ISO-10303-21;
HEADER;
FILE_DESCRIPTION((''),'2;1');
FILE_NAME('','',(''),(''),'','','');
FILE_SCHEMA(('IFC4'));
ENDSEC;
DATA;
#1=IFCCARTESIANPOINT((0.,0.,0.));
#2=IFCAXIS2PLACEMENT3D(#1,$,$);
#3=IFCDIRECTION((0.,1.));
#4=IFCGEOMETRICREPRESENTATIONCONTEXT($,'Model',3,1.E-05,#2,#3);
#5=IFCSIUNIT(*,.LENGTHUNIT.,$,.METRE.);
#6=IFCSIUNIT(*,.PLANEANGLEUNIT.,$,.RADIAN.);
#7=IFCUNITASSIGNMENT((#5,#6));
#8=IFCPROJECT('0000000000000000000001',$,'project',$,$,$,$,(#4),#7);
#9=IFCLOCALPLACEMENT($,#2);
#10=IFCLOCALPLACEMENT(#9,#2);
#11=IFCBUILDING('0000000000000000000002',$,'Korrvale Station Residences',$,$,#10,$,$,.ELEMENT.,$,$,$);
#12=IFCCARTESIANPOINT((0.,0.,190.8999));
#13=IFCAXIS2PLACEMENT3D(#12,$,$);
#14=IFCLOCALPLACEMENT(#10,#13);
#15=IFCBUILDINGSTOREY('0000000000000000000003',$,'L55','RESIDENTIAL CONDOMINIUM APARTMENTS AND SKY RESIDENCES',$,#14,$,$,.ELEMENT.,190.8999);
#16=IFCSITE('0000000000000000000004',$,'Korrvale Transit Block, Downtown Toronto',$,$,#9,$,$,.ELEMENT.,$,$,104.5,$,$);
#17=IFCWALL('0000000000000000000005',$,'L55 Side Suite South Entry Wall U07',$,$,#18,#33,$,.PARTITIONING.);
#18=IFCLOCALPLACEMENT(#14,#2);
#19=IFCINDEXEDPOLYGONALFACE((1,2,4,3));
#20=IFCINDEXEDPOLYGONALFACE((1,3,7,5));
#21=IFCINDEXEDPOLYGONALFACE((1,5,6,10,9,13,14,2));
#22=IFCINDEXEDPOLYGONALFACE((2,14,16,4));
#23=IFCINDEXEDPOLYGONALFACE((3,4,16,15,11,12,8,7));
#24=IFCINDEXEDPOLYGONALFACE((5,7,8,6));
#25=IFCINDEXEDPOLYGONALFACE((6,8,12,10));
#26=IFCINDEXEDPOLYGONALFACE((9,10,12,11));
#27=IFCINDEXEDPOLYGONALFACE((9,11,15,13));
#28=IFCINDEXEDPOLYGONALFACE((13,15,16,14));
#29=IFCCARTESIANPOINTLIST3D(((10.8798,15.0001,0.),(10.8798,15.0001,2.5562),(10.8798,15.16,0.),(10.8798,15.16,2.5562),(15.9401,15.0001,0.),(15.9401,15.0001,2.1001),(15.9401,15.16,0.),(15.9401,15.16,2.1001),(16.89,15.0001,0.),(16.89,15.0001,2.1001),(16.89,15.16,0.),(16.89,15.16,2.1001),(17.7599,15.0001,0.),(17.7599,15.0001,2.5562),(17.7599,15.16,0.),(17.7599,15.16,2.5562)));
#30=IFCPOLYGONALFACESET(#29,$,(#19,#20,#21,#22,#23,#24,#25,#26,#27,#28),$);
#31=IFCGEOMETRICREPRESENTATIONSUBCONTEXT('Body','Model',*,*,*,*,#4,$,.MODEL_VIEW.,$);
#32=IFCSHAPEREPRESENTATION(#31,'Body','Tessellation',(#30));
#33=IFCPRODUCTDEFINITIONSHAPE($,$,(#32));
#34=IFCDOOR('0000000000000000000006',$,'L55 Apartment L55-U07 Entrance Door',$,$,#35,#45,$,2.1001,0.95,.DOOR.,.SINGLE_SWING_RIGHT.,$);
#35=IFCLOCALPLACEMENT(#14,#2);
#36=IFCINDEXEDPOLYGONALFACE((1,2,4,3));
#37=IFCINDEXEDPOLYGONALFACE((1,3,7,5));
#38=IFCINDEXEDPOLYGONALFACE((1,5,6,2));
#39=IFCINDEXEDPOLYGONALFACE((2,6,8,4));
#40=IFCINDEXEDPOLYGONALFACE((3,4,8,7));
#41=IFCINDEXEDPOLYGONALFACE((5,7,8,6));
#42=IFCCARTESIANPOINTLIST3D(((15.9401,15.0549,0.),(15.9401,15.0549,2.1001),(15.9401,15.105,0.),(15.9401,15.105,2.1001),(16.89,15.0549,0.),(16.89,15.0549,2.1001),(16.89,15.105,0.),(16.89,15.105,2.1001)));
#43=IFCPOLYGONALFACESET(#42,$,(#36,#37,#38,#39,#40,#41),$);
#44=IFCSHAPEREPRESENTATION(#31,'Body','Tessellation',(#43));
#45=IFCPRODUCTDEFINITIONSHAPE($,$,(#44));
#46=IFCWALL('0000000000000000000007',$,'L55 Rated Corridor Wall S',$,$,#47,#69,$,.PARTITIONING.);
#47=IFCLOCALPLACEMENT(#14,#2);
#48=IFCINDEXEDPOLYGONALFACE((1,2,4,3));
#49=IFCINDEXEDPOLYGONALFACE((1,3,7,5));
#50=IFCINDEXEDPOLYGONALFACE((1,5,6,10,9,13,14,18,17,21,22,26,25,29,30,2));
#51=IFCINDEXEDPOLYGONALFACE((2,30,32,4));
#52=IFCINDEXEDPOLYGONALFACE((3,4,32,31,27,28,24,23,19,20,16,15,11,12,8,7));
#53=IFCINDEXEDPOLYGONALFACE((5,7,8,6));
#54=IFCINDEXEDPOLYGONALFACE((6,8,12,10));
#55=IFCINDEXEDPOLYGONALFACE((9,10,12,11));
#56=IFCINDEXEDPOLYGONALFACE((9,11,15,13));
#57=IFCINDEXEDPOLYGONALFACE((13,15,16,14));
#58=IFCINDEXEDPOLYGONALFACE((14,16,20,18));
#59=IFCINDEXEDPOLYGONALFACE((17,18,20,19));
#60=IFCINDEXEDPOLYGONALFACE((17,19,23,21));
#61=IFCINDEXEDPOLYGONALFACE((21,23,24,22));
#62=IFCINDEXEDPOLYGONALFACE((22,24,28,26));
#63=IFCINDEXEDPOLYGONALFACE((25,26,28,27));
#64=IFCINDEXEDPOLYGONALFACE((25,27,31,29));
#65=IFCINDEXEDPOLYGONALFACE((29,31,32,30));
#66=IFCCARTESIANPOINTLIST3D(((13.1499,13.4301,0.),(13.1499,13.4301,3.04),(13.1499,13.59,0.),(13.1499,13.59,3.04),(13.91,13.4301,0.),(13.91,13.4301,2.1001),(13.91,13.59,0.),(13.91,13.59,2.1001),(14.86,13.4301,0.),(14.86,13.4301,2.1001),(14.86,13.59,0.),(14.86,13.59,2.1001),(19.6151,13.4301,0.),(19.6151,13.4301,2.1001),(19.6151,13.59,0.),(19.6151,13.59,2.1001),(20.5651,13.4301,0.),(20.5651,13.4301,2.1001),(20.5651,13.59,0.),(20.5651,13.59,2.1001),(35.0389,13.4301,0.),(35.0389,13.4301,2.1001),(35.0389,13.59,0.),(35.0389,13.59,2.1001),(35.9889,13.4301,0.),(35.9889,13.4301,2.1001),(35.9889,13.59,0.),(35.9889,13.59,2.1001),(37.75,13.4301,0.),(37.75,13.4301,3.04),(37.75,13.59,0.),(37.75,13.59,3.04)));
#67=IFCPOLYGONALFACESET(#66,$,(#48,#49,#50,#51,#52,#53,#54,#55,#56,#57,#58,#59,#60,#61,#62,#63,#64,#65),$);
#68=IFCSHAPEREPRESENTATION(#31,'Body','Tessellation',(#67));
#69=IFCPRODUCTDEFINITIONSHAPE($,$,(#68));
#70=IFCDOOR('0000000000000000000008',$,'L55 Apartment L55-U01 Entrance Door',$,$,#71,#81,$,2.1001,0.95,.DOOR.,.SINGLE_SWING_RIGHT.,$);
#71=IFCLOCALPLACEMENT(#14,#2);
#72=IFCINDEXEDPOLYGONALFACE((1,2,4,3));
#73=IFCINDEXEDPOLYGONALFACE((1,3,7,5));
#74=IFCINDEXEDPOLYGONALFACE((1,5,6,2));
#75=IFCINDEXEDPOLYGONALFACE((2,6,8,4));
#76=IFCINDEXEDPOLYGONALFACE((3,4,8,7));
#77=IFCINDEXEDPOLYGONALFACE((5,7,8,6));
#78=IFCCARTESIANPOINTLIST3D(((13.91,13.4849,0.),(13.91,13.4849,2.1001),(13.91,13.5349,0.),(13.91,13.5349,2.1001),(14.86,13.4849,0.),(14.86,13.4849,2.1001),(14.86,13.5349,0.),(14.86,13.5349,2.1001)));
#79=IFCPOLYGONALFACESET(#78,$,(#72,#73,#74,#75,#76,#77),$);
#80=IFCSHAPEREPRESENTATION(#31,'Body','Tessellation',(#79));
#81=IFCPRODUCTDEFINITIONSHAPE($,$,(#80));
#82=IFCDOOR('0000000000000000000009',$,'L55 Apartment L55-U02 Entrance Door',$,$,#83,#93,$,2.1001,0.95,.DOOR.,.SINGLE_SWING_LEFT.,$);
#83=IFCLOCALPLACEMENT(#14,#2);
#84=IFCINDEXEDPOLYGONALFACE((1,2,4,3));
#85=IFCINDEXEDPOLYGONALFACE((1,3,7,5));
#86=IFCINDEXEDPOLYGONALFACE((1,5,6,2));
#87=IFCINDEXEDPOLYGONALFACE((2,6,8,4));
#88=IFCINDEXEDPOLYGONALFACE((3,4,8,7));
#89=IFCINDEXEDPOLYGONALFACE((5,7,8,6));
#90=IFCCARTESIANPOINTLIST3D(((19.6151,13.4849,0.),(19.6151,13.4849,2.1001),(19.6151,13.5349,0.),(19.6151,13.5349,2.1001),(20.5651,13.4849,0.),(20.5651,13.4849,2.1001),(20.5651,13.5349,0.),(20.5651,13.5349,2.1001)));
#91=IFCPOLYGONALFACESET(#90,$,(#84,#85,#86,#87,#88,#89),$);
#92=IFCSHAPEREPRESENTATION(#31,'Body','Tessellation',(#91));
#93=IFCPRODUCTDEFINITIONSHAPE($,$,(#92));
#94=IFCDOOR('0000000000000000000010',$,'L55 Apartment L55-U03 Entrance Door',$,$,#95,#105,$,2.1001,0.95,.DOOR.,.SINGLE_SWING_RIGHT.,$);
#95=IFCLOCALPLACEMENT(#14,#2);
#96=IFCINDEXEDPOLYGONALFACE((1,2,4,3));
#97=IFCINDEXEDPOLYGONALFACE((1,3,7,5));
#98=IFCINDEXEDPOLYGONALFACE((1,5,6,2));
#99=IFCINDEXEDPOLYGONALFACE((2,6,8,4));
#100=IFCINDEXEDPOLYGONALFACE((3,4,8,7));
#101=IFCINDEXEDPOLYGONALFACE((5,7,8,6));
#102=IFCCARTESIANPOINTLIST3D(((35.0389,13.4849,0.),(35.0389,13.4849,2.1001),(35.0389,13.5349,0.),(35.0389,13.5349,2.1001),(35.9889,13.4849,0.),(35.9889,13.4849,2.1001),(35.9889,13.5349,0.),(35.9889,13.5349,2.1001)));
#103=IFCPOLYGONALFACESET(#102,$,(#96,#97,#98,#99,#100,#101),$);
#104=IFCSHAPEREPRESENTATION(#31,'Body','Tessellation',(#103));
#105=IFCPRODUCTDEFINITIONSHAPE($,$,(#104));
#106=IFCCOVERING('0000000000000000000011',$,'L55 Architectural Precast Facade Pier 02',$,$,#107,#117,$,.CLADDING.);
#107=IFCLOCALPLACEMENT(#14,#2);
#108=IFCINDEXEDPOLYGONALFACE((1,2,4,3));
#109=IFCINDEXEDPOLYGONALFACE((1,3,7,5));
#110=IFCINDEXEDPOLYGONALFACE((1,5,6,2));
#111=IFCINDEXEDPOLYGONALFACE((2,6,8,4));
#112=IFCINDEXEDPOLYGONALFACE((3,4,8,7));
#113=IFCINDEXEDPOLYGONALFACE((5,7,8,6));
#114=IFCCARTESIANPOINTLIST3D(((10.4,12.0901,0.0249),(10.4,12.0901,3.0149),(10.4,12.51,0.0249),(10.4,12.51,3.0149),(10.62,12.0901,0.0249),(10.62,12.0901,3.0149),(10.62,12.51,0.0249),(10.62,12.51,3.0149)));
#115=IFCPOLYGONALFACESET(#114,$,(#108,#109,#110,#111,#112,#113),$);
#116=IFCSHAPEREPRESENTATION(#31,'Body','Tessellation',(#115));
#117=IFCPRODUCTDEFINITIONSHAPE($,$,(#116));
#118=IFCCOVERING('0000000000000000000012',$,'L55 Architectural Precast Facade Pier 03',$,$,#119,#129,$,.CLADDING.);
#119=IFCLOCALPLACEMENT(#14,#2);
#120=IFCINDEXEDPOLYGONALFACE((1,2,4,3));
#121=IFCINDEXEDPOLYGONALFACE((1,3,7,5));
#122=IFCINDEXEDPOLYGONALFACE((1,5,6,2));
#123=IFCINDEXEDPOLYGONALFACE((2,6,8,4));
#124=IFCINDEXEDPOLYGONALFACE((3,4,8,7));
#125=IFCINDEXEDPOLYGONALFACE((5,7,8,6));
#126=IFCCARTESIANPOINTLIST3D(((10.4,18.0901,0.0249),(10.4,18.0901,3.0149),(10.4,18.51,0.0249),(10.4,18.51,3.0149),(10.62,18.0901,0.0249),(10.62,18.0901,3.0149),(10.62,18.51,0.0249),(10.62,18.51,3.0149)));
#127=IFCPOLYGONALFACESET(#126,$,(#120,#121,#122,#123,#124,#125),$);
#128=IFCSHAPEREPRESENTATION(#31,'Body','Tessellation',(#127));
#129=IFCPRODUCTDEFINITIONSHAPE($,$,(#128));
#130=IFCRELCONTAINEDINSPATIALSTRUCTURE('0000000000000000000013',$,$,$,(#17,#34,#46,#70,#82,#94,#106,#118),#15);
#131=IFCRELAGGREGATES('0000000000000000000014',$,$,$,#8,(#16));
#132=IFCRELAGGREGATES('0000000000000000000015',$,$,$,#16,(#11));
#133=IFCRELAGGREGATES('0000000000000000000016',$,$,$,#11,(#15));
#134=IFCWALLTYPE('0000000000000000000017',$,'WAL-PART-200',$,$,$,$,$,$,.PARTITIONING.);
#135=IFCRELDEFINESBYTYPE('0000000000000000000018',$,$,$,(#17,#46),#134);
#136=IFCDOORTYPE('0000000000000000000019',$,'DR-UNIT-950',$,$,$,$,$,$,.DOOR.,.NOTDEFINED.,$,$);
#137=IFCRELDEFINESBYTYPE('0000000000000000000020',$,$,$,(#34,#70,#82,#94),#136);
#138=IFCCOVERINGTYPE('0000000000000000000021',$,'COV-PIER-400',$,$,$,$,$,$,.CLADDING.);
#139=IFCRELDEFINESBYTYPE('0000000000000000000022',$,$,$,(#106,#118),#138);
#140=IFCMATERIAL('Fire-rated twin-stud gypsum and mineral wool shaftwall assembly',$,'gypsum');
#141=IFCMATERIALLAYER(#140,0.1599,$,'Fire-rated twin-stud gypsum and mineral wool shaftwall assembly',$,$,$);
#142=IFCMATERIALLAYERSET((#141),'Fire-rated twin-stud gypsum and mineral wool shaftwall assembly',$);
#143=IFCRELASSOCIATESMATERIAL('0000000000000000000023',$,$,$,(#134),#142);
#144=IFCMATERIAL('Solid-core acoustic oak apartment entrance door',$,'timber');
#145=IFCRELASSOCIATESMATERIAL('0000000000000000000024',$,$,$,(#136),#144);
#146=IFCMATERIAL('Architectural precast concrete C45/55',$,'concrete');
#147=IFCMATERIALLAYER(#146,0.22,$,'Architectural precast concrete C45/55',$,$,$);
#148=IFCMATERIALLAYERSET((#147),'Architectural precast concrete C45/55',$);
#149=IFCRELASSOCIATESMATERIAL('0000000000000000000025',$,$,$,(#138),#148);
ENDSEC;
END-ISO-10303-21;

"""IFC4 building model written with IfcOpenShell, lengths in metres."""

from ifc_helpers import new_model, si_unit, direction, frame, frame_2d, origin, origin_2d, place, context, subcontext, project, spatial, rectangle, extrude, material, layer, layer_set, type_object, element, fill, save


model = new_model("IFC4")

# Units and contexts
model_context = context("Model", 3, precision=1e-05, world=origin(), true_north=direction((0.0, 1.0)))
body_context = subcontext(model_context, "Body", "Model", "MODEL_VIEW")
ifc_project = project(units=[si_unit("LENGTHUNIT", "METRE"), si_unit("PLANEANGLEUNIT", "RADIAN")], contexts=[model_context])

# Site, building, storey
site_placement = place(None, origin())
site = spatial("IfcSite", under=ifc_project, at=site_placement, Name="Korrvale Transit Block, Downtown Toronto", CompositionType="ELEMENT", RefElevation=104.5)
building_placement = place(site_placement, origin())
building = spatial("IfcBuilding", under=site, at=building_placement, Name="Korrvale Station Residences", CompositionType="ELEMENT")
storey_placement = place(building_placement, frame((0.0, 0.0, 190.8999)))
storey = spatial("IfcBuildingStorey", under=building, at=storey_placement, Name="L55", Description="RESIDENTIAL CONDOMINIUM APARTMENTS AND SKY RESIDENCES", CompositionType="ELEMENT", Elevation=190.8999)

# Shared definitions
ifc_material_1 = material(Name="Fire-rated twin-stud gypsum and mineral wool shaftwall assembly", Category="gypsum")
ifc_layer_1 = layer(ifc_material_1, 0.1599, Name="Fire-rated twin-stud gypsum and mineral wool shaftwall assembly")
ifc_layer_set_1 = layer_set([ifc_layer_1], Name="Fire-rated twin-stud gypsum and mineral wool shaftwall assembly")
wall_type_1 = type_object("IfcWallType", Name="WAL-PART-200", PredefinedType="PARTITIONING", material=ifc_layer_set_1)

# Wall, opening, door
wall_1_placement = place(storey_placement, frame((10.8799, 15.0801, 0.0), z_axis=(0.0, 0.0, 1.0), x_axis=(1.0, 0.0, 0.0)))
wall_1 = element("IfcWall", 1, at=wall_1_placement, inside=storey, type_object=wall_type_1, Name="L55 Side Suite South Entry Wall U07", PredefinedType="PARTITIONING", context=body_context, shape_type="SweptSolid", body=[
    extrude(rectangle(XDim=6.8801, YDim=0.1599, at=frame_2d((3.4399, 0.0))), origin(), (0.0, 0.0, 1.0), 2.5562),
])
opening_1_placement = place(wall_1_placement, frame((5.0601, 0.0, 0.0)))
opening_1 = element("IfcOpeningElement", 2, at=opening_1_placement, cuts=wall_1, PredefinedType="OPENING", context=body_context, shape_type="SweptSolid", body=[
    extrude(rectangle(XDim=0.95, YDim=2.1001, at=frame_2d((0.4751, 1.05))), frame((0.0, 0.0898, 0.0), z_axis=(0.0, -1.0, 0.0), x_axis=(1.0, 0.0, 0.0)), (0.0, 0.0, 1.0), 0.1799),
])
ifc_material_2 = material(Name="Solid-core acoustic oak apartment entrance door", Category="timber")
door_type_1 = type_object("IfcDoorType", Name="DR-UNIT-950", OperationType="NOTDEFINED", PredefinedType="DOOR", material=ifc_material_2)
door_1_placement = place(opening_1_placement, origin())
door_1 = element("IfcDoor", 3, at=door_1_placement, inside=storey, type_object=door_type_1, Name="L55 Apartment L55-U07 Entrance Door", OperationType="SINGLE_SWING_RIGHT", OverallHeight=2.1001, OverallWidth=0.95, PredefinedType="DOOR", context=body_context, shape_type="SweptSolid", body=[
    extrude(rectangle(XDim=0.95, YDim=2.1001, at=frame_2d((0.4751, 1.05))), frame((0.0, 0.0249, 0.0), z_axis=(0.0, -1.0, 0.0), x_axis=(1.0, 0.0, 0.0)), (0.0, 0.0, 1.0), 0.05),
])
fill(opening_1, door_1)

# Wall, openings, doors
wall_2_placement = place(storey_placement, frame((13.1499, 13.51, 0.0), z_axis=(0.0, 0.0, 1.0), x_axis=(1.0, 0.0, 0.0)))
wall_2 = element("IfcWall", 4, at=wall_2_placement, inside=storey, type_object=wall_type_1, Name="L55 Rated Corridor Wall S", PredefinedType="PARTITIONING", context=body_context, shape_type="SweptSolid", body=[
    extrude(rectangle(XDim=24.6001, YDim=0.1599, at=frame_2d((12.3, 0.0))), origin(), (0.0, 0.0, 1.0), 3.04),
])
opening_2_placement = place(wall_2_placement, frame((0.76, 0.0, 0.0)))
opening_2 = element("IfcOpeningElement", 5, at=opening_2_placement, cuts=wall_2, PredefinedType="OPENING", context=body_context, shape_type="SweptSolid", body=[
    extrude(rectangle(XDim=0.95, YDim=2.1001, at=frame_2d((0.4751, 1.05))), frame((0.0, 0.0898, 0.0), z_axis=(0.0, -1.0, 0.0), x_axis=(1.0, 0.0, 0.0)), (0.0, 0.0, 1.0), 0.1799),
])
opening_3_placement = place(wall_2_placement, frame((6.4651, 0.0, 0.0)))
opening_3 = element("IfcOpeningElement", 6, at=opening_3_placement, cuts=wall_2, PredefinedType="OPENING", context=body_context, shape_type="SweptSolid", body=[
    extrude(rectangle(XDim=0.95, YDim=2.1001, at=frame_2d((0.4751, 1.05))), frame((0.0, 0.0898, 0.0), z_axis=(0.0, -1.0, 0.0), x_axis=(1.0, 0.0, 0.0)), (0.0, 0.0, 1.0), 0.1799),
])
opening_4_placement = place(wall_2_placement, frame((21.8889, 0.0, 0.0)))
opening_4 = element("IfcOpeningElement", 7, at=opening_4_placement, cuts=wall_2, PredefinedType="OPENING", context=body_context, shape_type="SweptSolid", body=[
    extrude(rectangle(XDim=0.95, YDim=2.1001, at=frame_2d((0.4751, 1.05))), frame((0.0, 0.0898, 0.0), z_axis=(0.0, -1.0, 0.0), x_axis=(1.0, 0.0, 0.0)), (0.0, 0.0, 1.0), 0.1799),
])
door_2_placement = place(opening_2_placement, origin())
door_2 = element("IfcDoor", 8, at=door_2_placement, inside=storey, type_object=door_type_1, Name="L55 Apartment L55-U01 Entrance Door", OperationType="SINGLE_SWING_RIGHT", OverallHeight=2.1001, OverallWidth=0.95, PredefinedType="DOOR", context=body_context, shape_type="SweptSolid", body=[
    extrude(rectangle(XDim=0.95, YDim=2.1001, at=frame_2d((0.4751, 1.05))), frame((0.0, 0.0249, 0.0), z_axis=(0.0, -1.0, 0.0), x_axis=(1.0, 0.0, 0.0)), (0.0, 0.0, 1.0), 0.05),
])
fill(opening_2, door_2)
door_3_placement = place(opening_3_placement, origin())
door_3 = element("IfcDoor", 9, at=door_3_placement, inside=storey, type_object=door_type_1, Name="L55 Apartment L55-U02 Entrance Door", OperationType="SINGLE_SWING_LEFT", OverallHeight=2.1001, OverallWidth=0.95, PredefinedType="DOOR", context=body_context, shape_type="SweptSolid", body=[
    extrude(rectangle(XDim=0.95, YDim=2.1001, at=frame_2d((0.4751, 1.05))), frame((0.0, 0.0249, 0.0), z_axis=(0.0, -1.0, 0.0), x_axis=(1.0, 0.0, 0.0)), (0.0, 0.0, 1.0), 0.05),
])
fill(opening_3, door_3)
door_4_placement = place(opening_4_placement, origin())
door_4 = element("IfcDoor", 10, at=door_4_placement, inside=storey, type_object=door_type_1, Name="L55 Apartment L55-U03 Entrance Door", OperationType="SINGLE_SWING_RIGHT", OverallHeight=2.1001, OverallWidth=0.95, PredefinedType="DOOR", context=body_context, shape_type="SweptSolid", body=[
    extrude(rectangle(XDim=0.95, YDim=2.1001, at=frame_2d((0.4751, 1.05))), frame((0.0, 0.0249, 0.0), z_axis=(0.0, -1.0, 0.0), x_axis=(1.0, 0.0, 0.0)), (0.0, 0.0, 1.0), 0.05),
])
fill(opening_4, door_4)

# Coverings
ifc_material_3 = material(Name="Architectural precast concrete C45/55", Category="concrete")
ifc_layer_2 = layer(ifc_material_3, 0.22, Name="Architectural precast concrete C45/55")
ifc_layer_set_2 = layer_set([ifc_layer_2], Name="Architectural precast concrete C45/55")
covering_type = type_object("IfcCoveringType", Name="COV-PIER-400", PredefinedType="CLADDING", material=ifc_layer_set_2)
for number, where, z_axis, x_axis, name in (
    (11, (10.51, 12.3, 0.0249), (0.0, 0.0, 1.0), (0.0, 1.0, 0.0), "L55 Architectural Precast Facade Pier 02"),
    (12, (10.51, 18.3, 0.0249), (0.0, 0.0, 1.0), (0.0, 1.0, 0.0), "L55 Architectural Precast Facade Pier 03"),
):
    element("IfcCovering", number, at=place(storey_placement, frame(where, z_axis=z_axis, x_axis=x_axis)), inside=storey, type_object=covering_type, Name=name, PredefinedType="CLADDING", context=body_context, shape_type="SweptSolid", body=[
        extrude(rectangle(XDim=0.4199, YDim=0.22, at=origin_2d()), origin(), (0.0, 0.0, 1.0), 2.99),
    ])

save(model, "model.ifc")
